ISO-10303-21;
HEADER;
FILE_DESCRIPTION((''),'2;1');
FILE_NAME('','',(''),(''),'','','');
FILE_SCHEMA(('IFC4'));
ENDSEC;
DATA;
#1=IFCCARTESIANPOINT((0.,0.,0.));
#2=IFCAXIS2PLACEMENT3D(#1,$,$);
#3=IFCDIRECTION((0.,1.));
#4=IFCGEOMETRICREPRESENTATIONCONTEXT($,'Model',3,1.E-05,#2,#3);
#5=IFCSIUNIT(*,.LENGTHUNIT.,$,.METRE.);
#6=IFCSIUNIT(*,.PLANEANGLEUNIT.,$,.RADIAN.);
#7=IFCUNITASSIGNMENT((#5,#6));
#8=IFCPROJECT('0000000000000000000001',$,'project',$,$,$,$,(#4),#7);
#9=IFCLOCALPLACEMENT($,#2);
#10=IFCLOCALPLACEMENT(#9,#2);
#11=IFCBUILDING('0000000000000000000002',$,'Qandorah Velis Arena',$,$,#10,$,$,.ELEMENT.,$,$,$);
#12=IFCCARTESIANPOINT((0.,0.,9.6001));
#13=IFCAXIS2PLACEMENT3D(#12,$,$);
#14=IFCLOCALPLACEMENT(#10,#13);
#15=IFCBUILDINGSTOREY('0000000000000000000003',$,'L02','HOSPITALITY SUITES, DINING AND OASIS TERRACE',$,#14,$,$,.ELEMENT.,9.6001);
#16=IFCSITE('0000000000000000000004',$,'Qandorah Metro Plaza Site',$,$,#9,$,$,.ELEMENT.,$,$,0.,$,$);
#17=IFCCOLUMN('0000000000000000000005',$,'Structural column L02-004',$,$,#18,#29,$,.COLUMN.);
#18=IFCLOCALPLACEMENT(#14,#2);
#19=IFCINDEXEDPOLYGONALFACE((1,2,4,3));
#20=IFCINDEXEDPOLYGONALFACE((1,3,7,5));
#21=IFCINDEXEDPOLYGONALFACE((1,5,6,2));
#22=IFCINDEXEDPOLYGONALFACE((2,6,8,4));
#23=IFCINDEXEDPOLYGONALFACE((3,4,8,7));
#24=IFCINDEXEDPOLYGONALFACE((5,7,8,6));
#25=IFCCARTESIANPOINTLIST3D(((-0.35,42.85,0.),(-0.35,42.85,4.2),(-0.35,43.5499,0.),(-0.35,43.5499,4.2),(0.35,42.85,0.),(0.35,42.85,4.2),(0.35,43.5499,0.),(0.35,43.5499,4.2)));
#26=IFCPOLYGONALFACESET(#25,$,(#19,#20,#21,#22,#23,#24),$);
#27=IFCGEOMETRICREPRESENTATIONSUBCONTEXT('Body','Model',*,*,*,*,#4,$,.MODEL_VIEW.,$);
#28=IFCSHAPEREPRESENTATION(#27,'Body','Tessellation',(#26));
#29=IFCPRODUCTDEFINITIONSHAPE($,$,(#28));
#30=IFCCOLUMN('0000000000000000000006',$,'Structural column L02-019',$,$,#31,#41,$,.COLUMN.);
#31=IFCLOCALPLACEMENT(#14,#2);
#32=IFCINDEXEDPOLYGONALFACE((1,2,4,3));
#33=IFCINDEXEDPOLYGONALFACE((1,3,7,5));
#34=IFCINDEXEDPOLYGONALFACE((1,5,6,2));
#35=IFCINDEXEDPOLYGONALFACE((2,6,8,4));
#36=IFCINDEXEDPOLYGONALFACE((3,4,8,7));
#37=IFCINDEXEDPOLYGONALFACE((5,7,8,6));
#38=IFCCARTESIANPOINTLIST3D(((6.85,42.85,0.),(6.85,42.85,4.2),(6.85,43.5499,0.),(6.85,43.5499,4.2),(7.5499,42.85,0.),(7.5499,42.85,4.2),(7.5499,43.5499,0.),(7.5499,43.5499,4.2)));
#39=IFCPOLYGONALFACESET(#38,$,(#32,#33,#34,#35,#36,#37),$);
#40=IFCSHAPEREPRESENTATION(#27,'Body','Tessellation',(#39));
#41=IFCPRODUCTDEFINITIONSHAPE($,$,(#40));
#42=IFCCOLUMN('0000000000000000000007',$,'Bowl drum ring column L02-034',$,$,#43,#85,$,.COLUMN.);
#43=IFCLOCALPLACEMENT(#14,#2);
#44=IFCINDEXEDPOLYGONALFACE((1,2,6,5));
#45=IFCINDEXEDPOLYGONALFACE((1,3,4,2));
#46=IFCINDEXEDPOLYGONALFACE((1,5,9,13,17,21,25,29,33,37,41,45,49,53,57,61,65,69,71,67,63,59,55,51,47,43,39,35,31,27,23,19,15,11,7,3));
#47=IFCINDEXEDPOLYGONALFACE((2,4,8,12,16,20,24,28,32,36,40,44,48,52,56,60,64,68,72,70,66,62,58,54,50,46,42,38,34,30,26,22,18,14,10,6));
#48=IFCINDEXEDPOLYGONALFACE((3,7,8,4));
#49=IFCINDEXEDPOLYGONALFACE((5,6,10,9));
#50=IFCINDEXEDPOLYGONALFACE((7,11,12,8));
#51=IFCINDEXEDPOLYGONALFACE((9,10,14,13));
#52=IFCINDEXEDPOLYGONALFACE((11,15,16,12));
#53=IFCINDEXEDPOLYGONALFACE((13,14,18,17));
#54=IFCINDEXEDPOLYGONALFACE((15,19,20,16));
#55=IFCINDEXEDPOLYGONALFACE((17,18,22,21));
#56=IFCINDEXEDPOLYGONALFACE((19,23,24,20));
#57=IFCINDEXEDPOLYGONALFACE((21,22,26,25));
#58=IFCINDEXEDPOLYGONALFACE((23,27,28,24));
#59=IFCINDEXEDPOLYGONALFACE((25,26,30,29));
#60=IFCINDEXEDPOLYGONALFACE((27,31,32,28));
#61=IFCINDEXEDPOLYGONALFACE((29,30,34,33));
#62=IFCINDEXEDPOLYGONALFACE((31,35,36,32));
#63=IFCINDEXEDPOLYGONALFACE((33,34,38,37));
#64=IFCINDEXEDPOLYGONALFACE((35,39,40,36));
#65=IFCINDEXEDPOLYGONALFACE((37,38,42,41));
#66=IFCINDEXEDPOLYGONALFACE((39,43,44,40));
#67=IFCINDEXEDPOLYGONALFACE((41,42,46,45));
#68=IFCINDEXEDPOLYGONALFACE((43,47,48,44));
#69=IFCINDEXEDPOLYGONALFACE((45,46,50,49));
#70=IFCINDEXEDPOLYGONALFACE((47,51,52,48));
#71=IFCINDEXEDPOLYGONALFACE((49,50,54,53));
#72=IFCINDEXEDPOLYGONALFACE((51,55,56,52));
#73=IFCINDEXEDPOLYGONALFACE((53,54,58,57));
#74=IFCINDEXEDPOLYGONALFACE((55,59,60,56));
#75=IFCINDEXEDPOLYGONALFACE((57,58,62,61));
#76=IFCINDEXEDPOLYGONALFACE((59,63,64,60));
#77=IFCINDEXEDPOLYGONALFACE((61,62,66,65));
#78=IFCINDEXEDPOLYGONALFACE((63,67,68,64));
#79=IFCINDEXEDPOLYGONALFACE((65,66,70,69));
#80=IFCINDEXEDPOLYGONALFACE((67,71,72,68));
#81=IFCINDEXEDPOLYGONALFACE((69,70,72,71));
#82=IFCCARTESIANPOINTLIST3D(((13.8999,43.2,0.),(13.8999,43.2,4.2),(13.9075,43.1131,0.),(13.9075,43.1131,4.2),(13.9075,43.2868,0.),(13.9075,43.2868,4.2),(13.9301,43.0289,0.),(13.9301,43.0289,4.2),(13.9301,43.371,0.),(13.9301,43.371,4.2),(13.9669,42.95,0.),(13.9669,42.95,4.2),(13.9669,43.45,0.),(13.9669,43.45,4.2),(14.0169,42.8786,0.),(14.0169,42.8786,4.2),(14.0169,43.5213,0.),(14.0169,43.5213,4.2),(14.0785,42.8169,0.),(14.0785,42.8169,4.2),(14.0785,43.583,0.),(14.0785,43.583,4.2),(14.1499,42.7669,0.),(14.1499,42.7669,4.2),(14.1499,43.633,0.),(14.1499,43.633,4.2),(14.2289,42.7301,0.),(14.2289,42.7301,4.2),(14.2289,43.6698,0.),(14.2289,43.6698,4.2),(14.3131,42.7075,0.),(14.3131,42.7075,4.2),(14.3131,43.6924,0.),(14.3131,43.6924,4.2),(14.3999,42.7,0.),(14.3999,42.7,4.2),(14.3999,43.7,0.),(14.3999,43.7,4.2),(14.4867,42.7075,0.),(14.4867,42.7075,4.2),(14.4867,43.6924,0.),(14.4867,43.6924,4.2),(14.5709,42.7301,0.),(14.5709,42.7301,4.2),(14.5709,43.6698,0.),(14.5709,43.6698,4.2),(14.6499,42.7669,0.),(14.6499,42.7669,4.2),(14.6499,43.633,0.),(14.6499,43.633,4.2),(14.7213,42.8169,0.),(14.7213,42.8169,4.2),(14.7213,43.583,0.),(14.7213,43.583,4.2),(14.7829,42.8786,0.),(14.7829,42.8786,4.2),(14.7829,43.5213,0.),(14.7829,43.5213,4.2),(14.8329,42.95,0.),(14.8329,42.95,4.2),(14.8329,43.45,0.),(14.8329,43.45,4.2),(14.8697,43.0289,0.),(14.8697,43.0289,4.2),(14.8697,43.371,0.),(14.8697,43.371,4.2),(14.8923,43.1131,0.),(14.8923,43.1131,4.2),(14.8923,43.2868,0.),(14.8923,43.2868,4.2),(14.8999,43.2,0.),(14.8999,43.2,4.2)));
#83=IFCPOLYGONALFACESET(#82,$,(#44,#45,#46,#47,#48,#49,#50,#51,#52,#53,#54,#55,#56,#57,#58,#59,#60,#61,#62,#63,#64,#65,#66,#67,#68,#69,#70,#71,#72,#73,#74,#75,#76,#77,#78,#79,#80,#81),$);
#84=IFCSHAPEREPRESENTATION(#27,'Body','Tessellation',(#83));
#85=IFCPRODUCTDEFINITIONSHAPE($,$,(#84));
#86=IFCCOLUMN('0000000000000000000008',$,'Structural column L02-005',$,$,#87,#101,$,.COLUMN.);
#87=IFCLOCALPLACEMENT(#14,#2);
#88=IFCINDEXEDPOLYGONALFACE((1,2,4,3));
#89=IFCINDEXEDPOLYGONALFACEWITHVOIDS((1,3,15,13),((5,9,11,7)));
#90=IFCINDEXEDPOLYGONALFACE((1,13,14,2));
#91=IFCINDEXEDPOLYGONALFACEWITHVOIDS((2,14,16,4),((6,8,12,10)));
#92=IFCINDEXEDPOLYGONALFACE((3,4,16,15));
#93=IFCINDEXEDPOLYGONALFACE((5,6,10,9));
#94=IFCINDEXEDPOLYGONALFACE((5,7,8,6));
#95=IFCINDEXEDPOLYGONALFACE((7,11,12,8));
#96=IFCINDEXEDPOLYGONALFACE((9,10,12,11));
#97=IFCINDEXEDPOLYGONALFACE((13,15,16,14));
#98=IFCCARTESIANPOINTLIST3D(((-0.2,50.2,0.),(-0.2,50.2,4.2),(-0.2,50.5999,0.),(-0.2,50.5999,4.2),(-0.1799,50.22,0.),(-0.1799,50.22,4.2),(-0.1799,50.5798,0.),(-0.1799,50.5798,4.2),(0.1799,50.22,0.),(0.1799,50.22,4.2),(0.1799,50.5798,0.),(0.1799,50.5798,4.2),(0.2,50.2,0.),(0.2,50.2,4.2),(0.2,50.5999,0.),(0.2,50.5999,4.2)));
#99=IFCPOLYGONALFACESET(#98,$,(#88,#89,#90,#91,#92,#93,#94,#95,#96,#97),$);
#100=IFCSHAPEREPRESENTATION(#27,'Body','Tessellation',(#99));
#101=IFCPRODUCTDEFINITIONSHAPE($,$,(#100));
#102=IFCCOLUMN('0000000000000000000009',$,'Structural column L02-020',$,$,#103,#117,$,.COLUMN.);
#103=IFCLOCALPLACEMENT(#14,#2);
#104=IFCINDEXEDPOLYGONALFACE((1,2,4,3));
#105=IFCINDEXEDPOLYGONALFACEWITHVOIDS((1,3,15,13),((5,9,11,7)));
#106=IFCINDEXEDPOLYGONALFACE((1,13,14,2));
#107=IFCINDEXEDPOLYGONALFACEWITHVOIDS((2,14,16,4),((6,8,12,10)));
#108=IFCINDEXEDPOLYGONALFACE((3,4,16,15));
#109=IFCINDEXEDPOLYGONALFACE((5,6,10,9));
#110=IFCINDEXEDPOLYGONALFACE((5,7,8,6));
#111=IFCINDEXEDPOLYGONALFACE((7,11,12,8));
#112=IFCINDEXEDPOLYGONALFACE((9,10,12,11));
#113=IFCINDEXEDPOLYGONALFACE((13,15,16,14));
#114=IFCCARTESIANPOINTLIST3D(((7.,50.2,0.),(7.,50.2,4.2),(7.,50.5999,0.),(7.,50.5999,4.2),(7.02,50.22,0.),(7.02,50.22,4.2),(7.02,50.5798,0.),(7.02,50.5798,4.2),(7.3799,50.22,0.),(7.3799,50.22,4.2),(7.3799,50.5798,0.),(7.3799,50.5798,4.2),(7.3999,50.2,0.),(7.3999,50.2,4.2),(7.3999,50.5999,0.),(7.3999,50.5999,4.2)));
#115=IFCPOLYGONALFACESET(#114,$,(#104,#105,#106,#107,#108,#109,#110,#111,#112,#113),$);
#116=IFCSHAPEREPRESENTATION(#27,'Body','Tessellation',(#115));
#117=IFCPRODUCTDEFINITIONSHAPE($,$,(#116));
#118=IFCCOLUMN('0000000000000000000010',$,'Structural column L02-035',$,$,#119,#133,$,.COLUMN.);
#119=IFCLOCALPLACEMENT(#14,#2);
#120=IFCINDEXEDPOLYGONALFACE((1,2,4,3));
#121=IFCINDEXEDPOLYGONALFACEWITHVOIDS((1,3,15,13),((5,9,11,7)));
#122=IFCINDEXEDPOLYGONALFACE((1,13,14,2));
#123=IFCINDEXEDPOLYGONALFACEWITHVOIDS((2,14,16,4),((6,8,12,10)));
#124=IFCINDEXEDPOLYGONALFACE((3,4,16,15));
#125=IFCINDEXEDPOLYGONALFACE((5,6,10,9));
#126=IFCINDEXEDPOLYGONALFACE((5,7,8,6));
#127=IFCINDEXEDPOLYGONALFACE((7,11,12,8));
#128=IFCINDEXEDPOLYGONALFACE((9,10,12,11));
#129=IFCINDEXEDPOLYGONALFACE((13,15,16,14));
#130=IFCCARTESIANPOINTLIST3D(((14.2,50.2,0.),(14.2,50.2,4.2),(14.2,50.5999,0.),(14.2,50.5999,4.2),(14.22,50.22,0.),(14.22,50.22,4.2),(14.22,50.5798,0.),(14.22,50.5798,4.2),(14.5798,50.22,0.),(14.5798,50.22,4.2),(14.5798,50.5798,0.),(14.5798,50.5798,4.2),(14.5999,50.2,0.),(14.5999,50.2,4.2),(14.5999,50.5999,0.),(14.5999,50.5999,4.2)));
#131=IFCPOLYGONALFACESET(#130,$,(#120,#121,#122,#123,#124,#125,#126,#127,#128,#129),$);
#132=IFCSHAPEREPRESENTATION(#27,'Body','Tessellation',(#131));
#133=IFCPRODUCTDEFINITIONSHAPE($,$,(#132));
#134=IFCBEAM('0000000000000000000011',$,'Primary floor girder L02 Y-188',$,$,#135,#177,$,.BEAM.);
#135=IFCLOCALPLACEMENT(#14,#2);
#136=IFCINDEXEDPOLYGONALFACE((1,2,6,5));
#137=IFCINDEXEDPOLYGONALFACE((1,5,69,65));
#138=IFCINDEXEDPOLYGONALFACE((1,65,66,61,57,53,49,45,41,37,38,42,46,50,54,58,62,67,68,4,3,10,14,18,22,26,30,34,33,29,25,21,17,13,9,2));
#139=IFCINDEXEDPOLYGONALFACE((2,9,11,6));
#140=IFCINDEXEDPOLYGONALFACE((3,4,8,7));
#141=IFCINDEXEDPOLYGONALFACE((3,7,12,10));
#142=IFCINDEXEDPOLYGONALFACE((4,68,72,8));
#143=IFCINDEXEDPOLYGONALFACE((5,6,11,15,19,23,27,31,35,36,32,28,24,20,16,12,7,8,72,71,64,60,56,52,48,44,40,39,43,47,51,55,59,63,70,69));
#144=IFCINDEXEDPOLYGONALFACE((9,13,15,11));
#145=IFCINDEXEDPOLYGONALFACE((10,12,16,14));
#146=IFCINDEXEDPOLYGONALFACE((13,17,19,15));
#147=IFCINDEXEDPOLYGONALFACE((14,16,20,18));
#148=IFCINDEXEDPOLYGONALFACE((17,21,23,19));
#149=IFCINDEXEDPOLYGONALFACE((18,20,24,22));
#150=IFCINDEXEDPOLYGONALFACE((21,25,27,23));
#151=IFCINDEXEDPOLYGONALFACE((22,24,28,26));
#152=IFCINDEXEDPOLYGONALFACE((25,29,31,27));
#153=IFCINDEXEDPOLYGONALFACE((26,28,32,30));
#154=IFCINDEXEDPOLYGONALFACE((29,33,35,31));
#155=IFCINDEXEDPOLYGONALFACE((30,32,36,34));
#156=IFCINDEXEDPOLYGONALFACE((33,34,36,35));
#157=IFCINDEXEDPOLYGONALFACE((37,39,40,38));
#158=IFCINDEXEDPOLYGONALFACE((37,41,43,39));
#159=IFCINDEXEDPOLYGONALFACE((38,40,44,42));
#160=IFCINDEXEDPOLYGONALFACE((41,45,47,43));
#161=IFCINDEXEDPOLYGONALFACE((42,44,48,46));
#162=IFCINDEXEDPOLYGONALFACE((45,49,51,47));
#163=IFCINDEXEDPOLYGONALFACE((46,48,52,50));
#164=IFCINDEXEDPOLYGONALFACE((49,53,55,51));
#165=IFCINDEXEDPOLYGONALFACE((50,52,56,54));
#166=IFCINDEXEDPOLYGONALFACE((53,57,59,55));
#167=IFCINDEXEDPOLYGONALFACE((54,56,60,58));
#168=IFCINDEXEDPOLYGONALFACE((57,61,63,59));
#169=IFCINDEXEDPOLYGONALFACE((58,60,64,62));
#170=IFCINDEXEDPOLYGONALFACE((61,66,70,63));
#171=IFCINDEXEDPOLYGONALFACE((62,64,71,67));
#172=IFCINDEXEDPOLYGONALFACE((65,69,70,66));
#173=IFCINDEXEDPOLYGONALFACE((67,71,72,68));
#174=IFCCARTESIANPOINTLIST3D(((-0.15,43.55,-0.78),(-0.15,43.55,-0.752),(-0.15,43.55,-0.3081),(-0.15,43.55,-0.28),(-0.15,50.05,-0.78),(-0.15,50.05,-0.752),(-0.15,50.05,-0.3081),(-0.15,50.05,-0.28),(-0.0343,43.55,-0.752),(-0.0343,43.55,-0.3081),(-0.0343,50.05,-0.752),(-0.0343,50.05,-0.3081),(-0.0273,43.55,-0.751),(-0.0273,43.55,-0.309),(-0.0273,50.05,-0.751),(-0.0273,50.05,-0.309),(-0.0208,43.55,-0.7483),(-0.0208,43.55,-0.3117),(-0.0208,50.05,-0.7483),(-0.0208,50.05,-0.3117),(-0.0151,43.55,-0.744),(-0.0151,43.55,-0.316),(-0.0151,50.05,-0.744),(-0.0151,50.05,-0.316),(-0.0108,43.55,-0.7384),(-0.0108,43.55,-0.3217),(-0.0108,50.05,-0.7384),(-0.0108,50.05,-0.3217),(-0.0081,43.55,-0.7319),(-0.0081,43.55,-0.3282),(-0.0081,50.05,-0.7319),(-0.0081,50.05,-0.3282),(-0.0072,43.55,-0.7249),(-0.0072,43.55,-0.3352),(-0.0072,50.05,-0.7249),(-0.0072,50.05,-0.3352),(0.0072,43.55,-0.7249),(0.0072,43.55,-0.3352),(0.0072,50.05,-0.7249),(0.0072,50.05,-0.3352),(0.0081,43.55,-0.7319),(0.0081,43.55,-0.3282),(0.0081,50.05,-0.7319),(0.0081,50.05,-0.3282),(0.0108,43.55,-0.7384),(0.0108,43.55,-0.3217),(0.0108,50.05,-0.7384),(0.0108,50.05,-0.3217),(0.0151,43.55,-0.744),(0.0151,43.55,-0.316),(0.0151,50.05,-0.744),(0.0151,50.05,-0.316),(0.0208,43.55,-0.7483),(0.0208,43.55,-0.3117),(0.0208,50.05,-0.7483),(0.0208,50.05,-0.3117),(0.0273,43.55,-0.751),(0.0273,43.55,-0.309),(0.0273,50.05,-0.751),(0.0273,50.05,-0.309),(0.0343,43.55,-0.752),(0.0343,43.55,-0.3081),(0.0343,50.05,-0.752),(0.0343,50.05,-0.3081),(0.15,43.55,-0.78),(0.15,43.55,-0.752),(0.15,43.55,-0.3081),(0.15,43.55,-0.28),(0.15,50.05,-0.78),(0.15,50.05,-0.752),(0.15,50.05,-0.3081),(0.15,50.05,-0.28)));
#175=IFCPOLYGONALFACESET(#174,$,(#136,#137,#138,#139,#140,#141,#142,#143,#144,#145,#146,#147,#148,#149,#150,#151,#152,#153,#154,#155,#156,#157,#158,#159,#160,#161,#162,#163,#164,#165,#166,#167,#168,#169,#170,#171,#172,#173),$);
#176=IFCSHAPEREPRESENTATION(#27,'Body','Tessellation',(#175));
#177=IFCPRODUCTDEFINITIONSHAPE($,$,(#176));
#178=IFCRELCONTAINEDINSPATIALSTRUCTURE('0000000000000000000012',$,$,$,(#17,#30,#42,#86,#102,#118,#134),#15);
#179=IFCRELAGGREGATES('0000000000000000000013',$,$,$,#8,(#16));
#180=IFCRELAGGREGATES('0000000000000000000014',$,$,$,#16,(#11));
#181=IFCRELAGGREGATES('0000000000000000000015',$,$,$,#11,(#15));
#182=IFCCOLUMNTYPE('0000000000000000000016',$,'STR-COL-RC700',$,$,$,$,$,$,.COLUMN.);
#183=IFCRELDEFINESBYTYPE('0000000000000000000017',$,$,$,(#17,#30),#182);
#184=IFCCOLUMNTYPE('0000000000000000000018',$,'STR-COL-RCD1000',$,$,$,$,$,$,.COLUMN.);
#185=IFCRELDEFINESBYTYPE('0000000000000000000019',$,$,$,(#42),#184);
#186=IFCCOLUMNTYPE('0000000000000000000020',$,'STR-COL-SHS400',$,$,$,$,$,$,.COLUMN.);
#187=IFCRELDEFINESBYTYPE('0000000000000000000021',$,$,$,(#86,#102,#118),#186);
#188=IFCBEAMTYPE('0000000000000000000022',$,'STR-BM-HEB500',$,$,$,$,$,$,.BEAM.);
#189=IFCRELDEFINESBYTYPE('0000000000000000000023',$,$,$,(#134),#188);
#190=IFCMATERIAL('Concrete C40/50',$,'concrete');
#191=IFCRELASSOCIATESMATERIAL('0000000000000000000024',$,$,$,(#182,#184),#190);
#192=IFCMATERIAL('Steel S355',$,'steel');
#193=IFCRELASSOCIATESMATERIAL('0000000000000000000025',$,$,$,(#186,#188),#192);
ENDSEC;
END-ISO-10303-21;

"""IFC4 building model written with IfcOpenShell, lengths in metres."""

from ifc_helpers import new_model, si_unit, direction, frame, origin, origin_2d, place, context, subcontext, project, spatial, rectangle, hollow_rectangle, circle, i_section, extrude, material, material_profile, profile_set, type_object, element, save


model = new_model("IFC4")

# Units and contexts
model_context = context("Model", 3, precision=1e-05, world=origin(), true_north=direction((0.0, 1.0)))
body_context = subcontext(model_context, "Body", "Model", "MODEL_VIEW")
ifc_project = project(units=[si_unit("LENGTHUNIT", "METRE"), si_unit("PLANEANGLEUNIT", "RADIAN")], contexts=[model_context])

# Site, building, storey
site_placement = place(None, origin())
site = spatial("IfcSite", under=ifc_project, at=site_placement, Name="Qandorah Metro Plaza Site", CompositionType="ELEMENT", RefElevation=0.0)
building_placement = place(site_placement, origin())
building = spatial("IfcBuilding", under=site, at=building_placement, Name="Qandorah Velis Arena", CompositionType="ELEMENT")
storey_placement = place(building_placement, frame((0.0, 0.0, 9.6001)))
storey = spatial("IfcBuildingStorey", under=building, at=storey_placement, Name="L02", Description="HOSPITALITY SUITES, DINING AND OASIS TERRACE", CompositionType="ELEMENT", Elevation=9.6001)

# Columns
ifc_material_1 = material(Name="Concrete C40/50", Category="concrete")
ifc_material_profile_1 = material_profile(ifc_material_1, rectangle(XDim=0.7, YDim=0.7, at=origin_2d()), Name="RC COL 700x700")
ifc_profile_set_1 = profile_set([ifc_material_profile_1], Name="Concrete C40/50")
column_type_1 = type_object("IfcColumnType", Name="STR-COL-RC700", PredefinedType="COLUMN", material=ifc_profile_set_1)
for number, where, z_axis, x_axis, name in (
    (1, (0.0, 43.2, 0.0), (0.0, 0.0, 1.0), (1.0, 0.0, 0.0), "Structural column L02-004"),
    (2, (7.2, 43.2, 0.0), (0.0, 0.0, 1.0), (1.0, 0.0, 0.0), "Structural column L02-019"),
):
    element("IfcColumn", number, at=place(storey_placement, frame(where, z_axis=z_axis, x_axis=x_axis)), inside=storey, type_object=column_type_1, Name=name, PredefinedType="COLUMN", context=body_context, shape_type="SweptSolid", body=[
        extrude(rectangle(XDim=0.7, YDim=0.7, at=origin_2d()), origin(), (0.0, 0.0, 1.0), 4.2),
    ])
ifc_material_profile_2 = material_profile(ifc_material_1, circle(Radius=0.5, at=origin_2d()), Name="RC D1000")
ifc_profile_set_2 = profile_set([ifc_material_profile_2], Name="Concrete C40/50")
column_type_2 = type_object("IfcColumnType", Name="STR-COL-RCD1000", PredefinedType="COLUMN", material=ifc_profile_set_2)
column_placement = place(storey_placement, frame((14.3999, 43.2, 0.0), z_axis=(0.0, 0.0, 1.0), x_axis=(1.0, 0.0, 0.0)))
element("IfcColumn", 3, at=column_placement, inside=storey, type_object=column_type_2, Name="Bowl drum ring column L02-034", PredefinedType="COLUMN", context=body_context, shape_type="SweptSolid", body=[
    extrude(circle(Radius=0.5, at=origin_2d()), origin(), (0.0, 0.0, 1.0), 4.2),
])
ifc_material_2 = material(Name="Steel S355", Category="steel")
ifc_material_profile_3 = material_profile(ifc_material_2, hollow_rectangle(XDim=0.3999, YDim=0.3999, WallThickness=0.02, at=origin_2d()), Name="SHS 400x400x20")
ifc_profile_set_3 = profile_set([ifc_material_profile_3], Name="Steel S355")
column_type_3 = type_object("IfcColumnType", Name="STR-COL-SHS400", PredefinedType="COLUMN", material=ifc_profile_set_3)
for number, where, z_axis, x_axis, name in (
    (4, (0.0, 50.3999, 0.0), (0.0, 0.0, 1.0), (1.0, 0.0, 0.0), "Structural column L02-005"),
    (5, (7.2, 50.3999, 0.0), (0.0, 0.0, 1.0), (1.0, 0.0, 0.0), "Structural column L02-020"),
    (6, (14.3999, 50.3999, 0.0), (0.0, 0.0, 1.0), (1.0, 0.0, 0.0), "Structural column L02-035"),
):
    element("IfcColumn", number, at=place(storey_placement, frame(where, z_axis=z_axis, x_axis=x_axis)), inside=storey, type_object=column_type_3, Name=name, PredefinedType="COLUMN", context=body_context, shape_type="SweptSolid", body=[
        extrude(hollow_rectangle(XDim=0.3999, YDim=0.3999, WallThickness=0.02, at=origin_2d()), origin(), (0.0, 0.0, 1.0), 4.2),
    ])

# Beam
ifc_material_profile_4 = material_profile(ifc_material_2, i_section(OverallWidth=0.3, OverallDepth=0.5, WebThickness=0.0144, FlangeThickness=0.0281, FilletRadius=0.0271, at=origin_2d()), Name="HEB 500")
ifc_profile_set_4 = profile_set([ifc_material_profile_4], Name="Steel S355")
beam_type_1 = type_object("IfcBeamType", Name="STR-BM-HEB500", PredefinedType="BEAM", material=ifc_profile_set_4)
for number, where, z_axis, x_axis, name in (
    (7, (0.0, 43.55, -0.53), (0.0, 1.0, 0.0), (-1.0, 0.0, 0.0), "Primary floor girder L02 Y-188"),
):
    element("IfcBeam", number, at=place(storey_placement, frame(where, z_axis=z_axis, x_axis=x_axis)), inside=storey, type_object=beam_type_1, Name=name, PredefinedType="BEAM", context=body_context, shape_type="SweptSolid", body=[
        extrude(i_section(OverallWidth=0.3, OverallDepth=0.5, WebThickness=0.0144, FlangeThickness=0.0281, FilletRadius=0.0271, at=origin_2d()), origin(), (0.0, 0.0, 1.0), 6.5),
    ])

save(model, "model.ifc")
